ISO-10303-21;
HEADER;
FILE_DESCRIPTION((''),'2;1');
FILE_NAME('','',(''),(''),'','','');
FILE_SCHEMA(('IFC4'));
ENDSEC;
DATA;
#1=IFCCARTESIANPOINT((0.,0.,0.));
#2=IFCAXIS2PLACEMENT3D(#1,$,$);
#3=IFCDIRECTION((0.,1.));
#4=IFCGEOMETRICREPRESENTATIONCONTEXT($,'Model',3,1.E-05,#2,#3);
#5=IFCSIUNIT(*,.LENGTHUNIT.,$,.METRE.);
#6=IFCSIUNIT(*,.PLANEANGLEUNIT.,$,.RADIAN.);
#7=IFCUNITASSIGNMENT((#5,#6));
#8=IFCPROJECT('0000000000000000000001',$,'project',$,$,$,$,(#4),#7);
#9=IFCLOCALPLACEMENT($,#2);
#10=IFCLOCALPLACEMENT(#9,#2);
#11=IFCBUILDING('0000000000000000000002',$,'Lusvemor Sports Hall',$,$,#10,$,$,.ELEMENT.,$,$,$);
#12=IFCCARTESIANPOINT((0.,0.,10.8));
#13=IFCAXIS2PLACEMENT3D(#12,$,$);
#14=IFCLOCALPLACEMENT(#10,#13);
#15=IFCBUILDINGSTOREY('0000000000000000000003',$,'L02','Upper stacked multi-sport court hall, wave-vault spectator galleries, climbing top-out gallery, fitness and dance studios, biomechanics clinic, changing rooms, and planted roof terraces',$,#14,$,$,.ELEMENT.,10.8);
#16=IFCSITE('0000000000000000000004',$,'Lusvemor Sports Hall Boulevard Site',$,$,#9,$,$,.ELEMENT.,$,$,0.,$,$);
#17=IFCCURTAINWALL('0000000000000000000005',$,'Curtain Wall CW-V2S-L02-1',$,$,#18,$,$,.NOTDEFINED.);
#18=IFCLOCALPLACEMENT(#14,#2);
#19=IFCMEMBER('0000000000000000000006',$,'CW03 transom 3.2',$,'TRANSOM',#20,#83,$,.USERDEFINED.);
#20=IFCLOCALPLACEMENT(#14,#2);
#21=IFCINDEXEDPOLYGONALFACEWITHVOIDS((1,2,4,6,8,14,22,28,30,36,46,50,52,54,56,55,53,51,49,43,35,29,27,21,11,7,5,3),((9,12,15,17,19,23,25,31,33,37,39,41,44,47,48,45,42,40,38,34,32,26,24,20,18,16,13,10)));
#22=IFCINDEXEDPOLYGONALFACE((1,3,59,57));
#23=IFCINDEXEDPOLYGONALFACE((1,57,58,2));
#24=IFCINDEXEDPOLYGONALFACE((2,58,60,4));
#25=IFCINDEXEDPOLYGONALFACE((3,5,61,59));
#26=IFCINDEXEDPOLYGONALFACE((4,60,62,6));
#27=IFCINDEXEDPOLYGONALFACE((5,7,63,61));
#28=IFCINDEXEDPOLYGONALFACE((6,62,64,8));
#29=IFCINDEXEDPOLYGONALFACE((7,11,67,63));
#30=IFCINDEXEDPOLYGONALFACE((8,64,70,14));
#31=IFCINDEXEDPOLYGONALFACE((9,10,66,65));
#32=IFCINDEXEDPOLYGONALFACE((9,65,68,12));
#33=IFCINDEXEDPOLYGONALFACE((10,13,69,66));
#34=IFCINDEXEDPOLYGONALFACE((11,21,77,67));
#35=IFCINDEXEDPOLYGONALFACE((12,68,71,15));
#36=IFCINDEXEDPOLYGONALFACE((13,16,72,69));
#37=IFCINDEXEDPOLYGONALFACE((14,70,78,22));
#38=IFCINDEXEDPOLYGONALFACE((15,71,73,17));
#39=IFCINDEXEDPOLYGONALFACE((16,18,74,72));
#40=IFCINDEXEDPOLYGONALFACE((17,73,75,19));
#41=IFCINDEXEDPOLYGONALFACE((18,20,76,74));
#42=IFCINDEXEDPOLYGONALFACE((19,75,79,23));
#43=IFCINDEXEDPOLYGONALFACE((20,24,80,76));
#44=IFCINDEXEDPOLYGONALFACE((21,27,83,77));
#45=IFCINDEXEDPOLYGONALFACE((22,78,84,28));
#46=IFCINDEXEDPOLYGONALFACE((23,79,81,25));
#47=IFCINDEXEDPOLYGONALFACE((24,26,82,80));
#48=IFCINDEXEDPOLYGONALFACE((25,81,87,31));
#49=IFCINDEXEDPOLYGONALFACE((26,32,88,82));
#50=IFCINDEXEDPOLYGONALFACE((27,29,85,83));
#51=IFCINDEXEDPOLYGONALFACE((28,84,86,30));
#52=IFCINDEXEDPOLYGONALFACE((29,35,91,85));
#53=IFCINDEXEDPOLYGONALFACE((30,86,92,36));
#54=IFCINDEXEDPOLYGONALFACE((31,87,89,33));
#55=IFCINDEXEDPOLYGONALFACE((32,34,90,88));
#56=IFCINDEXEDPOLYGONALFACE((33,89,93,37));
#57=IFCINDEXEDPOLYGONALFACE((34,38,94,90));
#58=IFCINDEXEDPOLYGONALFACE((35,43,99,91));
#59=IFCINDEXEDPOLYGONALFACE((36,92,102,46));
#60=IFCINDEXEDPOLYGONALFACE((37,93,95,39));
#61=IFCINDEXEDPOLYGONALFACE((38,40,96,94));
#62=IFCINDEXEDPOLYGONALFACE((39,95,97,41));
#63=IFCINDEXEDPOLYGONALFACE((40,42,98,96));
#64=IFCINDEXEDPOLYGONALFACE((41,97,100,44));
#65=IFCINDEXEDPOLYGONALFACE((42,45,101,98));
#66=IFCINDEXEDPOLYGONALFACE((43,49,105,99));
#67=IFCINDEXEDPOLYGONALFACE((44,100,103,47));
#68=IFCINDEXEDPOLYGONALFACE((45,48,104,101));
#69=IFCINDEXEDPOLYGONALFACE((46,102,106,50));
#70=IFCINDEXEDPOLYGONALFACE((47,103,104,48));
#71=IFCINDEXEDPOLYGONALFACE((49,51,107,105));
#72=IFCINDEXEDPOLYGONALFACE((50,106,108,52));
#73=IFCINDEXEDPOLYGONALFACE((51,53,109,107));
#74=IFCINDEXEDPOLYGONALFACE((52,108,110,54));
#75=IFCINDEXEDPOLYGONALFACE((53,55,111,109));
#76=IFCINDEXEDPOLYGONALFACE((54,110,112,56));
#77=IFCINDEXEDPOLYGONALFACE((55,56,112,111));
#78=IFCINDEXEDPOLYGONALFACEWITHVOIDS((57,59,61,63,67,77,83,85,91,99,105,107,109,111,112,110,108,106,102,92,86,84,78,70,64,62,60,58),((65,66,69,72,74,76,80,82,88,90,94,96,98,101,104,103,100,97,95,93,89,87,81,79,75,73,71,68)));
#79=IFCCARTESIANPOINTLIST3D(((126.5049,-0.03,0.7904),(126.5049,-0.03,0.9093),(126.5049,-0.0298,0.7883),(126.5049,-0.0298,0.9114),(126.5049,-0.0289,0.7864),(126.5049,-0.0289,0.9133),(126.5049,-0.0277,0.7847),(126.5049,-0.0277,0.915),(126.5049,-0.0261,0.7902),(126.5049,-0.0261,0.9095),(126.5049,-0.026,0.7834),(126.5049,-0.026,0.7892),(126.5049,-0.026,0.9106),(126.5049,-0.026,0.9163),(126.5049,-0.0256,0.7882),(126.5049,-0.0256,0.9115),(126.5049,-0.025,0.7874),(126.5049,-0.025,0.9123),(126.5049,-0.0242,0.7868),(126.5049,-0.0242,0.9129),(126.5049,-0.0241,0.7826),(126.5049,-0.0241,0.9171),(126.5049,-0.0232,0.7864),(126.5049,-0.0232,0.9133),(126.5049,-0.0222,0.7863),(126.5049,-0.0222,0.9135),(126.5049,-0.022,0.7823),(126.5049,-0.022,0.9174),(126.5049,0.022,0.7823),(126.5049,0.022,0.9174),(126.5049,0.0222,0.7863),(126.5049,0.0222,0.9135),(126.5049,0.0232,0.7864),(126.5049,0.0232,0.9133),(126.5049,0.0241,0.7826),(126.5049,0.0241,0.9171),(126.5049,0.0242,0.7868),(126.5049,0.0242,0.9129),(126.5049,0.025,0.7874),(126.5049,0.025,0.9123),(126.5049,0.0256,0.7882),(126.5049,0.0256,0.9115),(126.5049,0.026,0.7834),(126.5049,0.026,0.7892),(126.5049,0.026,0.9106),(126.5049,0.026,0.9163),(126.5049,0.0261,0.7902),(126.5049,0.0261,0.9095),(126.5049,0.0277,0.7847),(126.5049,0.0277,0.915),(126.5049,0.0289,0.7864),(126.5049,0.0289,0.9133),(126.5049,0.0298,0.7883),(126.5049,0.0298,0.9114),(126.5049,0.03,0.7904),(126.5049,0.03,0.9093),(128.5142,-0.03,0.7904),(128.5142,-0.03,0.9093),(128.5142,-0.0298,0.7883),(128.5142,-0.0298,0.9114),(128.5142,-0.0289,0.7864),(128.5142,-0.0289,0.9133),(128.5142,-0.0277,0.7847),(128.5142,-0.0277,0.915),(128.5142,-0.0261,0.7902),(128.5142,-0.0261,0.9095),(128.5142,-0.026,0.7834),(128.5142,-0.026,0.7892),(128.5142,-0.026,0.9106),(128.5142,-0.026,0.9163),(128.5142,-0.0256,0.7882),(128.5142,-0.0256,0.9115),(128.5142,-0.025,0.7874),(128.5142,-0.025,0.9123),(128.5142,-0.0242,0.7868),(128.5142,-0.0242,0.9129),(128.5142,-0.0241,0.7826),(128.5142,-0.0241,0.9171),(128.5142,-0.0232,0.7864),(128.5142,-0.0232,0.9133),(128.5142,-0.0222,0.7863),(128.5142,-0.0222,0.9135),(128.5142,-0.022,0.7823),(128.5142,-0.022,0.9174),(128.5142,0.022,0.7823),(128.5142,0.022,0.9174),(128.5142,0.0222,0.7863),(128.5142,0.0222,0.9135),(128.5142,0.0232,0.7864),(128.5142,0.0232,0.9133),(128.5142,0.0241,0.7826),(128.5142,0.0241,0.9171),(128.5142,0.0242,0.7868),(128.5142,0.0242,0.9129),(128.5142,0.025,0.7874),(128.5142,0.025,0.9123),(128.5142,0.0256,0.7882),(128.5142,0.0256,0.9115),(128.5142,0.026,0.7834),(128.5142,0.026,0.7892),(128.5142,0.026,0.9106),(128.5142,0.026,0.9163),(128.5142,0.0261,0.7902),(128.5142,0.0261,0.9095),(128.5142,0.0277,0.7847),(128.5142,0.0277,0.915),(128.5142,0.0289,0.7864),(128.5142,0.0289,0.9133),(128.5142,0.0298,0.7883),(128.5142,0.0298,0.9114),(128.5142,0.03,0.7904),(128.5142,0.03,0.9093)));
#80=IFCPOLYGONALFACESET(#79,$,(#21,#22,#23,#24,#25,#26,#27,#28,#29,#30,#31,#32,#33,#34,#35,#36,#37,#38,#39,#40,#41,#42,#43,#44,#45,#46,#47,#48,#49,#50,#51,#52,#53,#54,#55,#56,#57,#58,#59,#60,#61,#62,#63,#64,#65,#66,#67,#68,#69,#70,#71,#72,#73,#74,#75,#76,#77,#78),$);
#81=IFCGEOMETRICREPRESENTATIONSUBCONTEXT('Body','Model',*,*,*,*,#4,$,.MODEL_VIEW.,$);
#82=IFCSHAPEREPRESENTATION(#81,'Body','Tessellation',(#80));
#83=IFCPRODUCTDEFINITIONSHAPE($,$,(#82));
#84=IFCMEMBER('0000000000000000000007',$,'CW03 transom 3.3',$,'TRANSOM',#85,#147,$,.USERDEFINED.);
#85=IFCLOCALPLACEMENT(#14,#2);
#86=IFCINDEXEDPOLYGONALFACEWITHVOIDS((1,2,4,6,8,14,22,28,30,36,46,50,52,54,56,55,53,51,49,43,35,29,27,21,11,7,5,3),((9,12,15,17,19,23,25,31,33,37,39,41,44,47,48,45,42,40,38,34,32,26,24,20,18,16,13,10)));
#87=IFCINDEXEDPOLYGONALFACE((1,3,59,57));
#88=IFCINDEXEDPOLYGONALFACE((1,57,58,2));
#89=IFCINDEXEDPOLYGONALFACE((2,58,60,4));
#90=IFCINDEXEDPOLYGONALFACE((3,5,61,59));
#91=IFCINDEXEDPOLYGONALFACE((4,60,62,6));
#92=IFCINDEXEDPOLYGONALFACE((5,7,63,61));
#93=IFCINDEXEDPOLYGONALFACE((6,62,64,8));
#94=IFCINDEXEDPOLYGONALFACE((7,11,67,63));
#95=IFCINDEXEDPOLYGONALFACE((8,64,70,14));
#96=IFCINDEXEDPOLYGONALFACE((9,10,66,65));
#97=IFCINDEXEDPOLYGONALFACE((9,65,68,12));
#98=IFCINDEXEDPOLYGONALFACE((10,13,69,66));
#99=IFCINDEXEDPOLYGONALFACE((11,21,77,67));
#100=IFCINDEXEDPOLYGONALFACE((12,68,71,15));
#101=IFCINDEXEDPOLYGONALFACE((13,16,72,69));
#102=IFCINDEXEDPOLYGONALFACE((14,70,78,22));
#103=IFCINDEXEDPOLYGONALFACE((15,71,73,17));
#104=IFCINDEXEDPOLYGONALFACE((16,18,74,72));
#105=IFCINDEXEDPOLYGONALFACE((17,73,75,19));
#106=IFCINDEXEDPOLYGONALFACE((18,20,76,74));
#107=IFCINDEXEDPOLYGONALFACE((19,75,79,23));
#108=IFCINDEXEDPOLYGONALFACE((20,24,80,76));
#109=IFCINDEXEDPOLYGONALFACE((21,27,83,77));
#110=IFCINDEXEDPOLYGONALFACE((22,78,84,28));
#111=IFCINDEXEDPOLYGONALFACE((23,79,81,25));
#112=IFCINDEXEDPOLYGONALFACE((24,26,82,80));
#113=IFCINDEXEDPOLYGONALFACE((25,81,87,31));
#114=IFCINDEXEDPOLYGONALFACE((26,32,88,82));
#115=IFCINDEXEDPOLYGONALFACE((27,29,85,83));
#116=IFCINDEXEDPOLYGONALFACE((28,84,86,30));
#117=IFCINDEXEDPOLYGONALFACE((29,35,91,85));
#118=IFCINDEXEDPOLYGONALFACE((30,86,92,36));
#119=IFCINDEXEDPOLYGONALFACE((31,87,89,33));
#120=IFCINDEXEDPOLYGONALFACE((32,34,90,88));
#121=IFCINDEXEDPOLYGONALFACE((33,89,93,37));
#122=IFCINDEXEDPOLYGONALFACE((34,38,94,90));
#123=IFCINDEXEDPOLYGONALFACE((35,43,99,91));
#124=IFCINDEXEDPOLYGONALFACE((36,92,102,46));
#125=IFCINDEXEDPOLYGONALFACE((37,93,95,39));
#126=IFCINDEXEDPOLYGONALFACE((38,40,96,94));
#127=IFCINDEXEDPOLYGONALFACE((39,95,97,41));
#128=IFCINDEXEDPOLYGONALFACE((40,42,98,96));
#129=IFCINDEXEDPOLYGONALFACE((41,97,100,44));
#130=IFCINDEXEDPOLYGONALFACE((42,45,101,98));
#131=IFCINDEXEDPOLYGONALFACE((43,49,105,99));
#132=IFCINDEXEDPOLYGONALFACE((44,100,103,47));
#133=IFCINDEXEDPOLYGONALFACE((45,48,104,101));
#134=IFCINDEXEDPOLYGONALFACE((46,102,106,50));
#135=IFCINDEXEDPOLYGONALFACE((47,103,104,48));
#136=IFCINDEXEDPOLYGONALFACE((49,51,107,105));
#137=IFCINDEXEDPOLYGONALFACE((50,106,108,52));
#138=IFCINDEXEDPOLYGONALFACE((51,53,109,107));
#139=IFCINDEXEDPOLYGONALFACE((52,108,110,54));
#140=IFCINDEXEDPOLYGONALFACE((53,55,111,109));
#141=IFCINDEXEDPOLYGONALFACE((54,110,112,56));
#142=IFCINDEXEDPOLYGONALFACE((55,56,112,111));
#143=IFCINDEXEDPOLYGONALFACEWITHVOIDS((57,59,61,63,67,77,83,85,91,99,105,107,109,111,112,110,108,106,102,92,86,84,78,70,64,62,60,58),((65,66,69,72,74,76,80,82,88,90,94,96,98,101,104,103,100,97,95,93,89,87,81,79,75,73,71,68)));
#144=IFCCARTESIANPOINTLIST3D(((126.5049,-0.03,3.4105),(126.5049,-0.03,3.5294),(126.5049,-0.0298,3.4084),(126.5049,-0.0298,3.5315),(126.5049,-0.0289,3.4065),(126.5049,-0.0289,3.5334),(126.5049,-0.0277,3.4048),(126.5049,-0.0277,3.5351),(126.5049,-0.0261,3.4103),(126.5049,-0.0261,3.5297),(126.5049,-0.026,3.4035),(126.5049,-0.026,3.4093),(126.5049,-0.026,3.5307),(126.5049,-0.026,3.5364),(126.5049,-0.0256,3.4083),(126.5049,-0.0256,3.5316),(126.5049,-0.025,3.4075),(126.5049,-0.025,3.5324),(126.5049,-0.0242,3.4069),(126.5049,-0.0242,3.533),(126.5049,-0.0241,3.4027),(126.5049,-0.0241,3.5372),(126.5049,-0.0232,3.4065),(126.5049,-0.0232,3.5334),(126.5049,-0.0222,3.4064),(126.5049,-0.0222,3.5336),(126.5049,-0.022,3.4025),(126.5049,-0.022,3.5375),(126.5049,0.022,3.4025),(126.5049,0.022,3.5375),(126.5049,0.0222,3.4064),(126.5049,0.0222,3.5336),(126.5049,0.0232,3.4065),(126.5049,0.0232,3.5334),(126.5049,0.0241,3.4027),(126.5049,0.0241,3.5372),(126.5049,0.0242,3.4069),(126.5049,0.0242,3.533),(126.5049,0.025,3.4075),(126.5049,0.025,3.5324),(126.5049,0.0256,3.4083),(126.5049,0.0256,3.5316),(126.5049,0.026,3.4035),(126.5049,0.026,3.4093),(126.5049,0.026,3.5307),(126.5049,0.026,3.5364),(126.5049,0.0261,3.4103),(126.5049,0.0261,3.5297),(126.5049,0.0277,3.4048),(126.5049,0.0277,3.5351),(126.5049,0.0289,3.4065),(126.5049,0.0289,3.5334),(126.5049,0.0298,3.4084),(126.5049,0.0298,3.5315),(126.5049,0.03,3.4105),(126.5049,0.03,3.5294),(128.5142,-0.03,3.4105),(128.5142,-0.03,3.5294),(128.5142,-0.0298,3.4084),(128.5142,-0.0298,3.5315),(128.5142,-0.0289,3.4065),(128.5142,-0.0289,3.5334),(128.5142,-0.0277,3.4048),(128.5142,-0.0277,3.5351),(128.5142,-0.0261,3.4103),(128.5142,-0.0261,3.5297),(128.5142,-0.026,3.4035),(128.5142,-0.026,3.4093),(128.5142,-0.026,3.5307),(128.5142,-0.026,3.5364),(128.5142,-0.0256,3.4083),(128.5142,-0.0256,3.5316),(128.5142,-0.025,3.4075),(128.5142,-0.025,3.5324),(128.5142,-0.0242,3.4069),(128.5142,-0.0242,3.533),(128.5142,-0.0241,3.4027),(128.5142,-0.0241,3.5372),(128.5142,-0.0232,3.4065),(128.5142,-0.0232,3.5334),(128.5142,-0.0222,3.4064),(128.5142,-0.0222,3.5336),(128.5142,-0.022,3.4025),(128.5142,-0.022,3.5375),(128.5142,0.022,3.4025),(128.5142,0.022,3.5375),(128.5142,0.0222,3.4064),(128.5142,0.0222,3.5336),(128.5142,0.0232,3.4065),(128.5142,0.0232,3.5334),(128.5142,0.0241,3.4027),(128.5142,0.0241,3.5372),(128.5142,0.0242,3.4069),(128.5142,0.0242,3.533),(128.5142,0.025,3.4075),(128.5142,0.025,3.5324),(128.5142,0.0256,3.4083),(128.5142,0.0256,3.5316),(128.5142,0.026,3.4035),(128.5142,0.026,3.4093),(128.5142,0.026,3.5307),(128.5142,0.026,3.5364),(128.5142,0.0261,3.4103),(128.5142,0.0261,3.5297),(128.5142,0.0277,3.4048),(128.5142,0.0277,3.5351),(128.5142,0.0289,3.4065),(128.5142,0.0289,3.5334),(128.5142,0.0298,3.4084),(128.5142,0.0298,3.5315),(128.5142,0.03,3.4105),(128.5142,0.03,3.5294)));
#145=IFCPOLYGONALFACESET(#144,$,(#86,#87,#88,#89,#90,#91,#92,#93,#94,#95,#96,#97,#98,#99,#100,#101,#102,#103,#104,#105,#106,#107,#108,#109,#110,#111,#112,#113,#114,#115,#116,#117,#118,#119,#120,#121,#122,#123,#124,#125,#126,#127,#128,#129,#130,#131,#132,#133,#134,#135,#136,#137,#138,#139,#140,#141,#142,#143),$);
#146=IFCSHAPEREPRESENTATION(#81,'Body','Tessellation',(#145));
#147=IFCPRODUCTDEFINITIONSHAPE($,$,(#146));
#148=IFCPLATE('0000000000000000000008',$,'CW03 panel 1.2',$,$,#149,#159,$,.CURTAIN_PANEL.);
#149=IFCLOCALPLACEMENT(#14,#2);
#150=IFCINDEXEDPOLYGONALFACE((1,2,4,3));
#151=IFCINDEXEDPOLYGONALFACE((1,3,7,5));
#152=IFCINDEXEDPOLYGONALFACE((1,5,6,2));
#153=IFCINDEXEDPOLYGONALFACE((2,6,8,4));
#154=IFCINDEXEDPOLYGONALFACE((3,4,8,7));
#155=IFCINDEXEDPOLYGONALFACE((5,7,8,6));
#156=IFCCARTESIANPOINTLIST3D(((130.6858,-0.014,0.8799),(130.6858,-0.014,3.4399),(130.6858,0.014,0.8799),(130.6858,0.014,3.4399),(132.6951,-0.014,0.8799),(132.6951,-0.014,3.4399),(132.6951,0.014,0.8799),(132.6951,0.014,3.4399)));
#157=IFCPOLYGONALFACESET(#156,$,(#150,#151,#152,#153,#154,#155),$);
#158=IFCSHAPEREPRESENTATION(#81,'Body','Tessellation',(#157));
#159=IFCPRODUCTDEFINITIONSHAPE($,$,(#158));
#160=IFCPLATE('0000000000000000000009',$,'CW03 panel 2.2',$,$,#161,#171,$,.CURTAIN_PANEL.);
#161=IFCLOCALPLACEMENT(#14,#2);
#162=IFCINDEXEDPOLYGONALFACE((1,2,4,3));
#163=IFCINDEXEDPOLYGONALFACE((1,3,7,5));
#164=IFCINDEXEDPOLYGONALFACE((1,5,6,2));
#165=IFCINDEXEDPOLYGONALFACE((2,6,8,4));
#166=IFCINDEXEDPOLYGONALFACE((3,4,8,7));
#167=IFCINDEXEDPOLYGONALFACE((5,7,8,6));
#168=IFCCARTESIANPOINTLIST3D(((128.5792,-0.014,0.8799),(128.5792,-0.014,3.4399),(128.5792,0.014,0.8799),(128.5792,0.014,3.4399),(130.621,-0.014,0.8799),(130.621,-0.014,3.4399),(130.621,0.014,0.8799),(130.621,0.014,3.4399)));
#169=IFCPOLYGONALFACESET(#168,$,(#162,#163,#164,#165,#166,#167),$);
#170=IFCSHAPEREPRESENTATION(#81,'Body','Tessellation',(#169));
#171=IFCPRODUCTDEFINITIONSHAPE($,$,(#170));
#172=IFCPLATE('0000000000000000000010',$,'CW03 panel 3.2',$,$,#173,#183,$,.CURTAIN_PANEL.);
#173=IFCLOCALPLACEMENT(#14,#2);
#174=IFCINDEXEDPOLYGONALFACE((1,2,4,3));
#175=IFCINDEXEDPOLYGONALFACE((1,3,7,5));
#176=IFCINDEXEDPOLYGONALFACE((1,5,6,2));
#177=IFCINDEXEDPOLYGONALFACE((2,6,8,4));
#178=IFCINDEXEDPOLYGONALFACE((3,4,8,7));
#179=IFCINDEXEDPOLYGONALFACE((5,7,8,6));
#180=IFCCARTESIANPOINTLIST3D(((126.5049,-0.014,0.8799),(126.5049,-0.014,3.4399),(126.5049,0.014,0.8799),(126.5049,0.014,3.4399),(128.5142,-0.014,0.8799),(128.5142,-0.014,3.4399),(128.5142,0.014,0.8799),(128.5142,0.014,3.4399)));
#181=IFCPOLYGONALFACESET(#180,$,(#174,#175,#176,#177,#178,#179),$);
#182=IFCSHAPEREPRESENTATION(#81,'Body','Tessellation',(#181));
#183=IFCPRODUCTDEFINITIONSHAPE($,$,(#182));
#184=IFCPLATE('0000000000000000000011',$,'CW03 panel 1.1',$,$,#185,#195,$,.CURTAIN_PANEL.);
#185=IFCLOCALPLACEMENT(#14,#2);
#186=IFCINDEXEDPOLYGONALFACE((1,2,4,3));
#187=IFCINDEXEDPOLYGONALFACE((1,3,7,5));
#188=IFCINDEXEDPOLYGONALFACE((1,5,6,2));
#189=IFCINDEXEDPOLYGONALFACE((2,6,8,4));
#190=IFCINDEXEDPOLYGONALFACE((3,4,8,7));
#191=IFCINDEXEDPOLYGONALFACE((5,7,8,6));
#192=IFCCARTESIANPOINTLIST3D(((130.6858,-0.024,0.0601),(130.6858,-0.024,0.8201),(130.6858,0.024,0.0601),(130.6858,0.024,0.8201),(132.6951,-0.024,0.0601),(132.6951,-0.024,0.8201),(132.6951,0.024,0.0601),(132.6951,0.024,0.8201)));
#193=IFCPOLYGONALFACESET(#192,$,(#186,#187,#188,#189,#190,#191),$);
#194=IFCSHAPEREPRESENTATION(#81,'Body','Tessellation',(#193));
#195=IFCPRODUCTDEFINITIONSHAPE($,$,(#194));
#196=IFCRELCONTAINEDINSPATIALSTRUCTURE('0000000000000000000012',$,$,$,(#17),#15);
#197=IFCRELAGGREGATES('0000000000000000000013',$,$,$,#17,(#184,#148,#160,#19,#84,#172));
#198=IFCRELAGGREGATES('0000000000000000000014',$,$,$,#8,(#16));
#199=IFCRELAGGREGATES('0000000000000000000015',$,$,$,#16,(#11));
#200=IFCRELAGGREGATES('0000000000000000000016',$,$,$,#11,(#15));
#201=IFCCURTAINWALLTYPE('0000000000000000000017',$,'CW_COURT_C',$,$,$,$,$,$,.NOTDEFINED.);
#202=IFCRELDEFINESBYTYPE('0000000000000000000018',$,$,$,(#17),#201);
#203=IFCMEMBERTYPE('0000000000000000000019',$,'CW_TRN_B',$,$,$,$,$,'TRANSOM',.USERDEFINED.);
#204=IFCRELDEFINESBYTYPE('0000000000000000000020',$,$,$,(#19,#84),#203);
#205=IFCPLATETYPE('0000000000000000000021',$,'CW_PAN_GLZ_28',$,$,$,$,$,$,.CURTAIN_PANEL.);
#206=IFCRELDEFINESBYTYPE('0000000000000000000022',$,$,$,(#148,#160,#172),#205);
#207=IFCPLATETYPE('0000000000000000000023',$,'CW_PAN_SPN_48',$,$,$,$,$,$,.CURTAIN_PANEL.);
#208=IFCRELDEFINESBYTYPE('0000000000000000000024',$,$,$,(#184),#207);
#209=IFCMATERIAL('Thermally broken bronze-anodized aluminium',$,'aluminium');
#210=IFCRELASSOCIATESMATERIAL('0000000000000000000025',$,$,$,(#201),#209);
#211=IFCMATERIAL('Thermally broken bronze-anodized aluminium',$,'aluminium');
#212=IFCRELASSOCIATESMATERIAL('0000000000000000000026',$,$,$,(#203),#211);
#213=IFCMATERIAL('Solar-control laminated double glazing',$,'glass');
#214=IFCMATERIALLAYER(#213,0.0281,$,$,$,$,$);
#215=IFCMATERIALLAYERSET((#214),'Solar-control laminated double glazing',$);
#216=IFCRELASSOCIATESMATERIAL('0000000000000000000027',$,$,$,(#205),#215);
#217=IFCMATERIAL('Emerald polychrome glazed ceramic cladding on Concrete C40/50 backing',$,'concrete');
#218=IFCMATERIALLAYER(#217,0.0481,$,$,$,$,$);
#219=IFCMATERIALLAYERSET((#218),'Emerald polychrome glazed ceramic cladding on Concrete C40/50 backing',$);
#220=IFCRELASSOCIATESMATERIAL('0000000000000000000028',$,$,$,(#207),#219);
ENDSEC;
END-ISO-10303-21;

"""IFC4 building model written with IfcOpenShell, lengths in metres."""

from ifc_helpers import new_model, si_unit, direction, frame, origin, origin_2d, place, context, subcontext, project, spatial, rectangle, hollow_rectangle, extrude, material, layer, layer_set, material_profile, profile_set, type_object, element, aggregate, save


model = new_model("IFC4")

# Units and contexts
model_context = context("Model", 3, precision=1e-05, world=origin(), true_north=direction((0.0, 1.0)))
body_context = subcontext(model_context, "Body", "Model", "MODEL_VIEW")
ifc_project = project(units=[si_unit("LENGTHUNIT", "METRE"), si_unit("PLANEANGLEUNIT", "RADIAN")], contexts=[model_context])

# Site, building, storey
site_placement = place(None, origin())
site = spatial("IfcSite", under=ifc_project, at=site_placement, Name="Lusvemor Sports Hall Boulevard Site", CompositionType="ELEMENT", RefElevation=0.0)
building_placement = place(site_placement, origin())
building = spatial("IfcBuilding", under=site, at=building_placement, Name="Lusvemor Sports Hall", CompositionType="ELEMENT")
storey_placement = place(building_placement, frame((0.0, 0.0, 10.8)))
storey = spatial("IfcBuildingStorey", under=building, at=storey_placement, Name="L02", Description="Upper stacked multi-sport court hall, wave-vault spectator galleries, climbing top-out gallery, fitness and dance studios, biomechanics clinic, changing rooms, and planted roof terraces", CompositionType="ELEMENT", Elevation=10.8)

# Curtain wall, members, plates
ifc_material_1 = material(Name="Thermally broken bronze-anodized aluminium", Category="aluminium")
curtain_wall_type = type_object("IfcCurtainWallType", Name="CW_COURT_C", PredefinedType="NOTDEFINED", material=ifc_material_1)
curtain_wall_placement = place(storey_placement, origin())
curtain_wall = element("IfcCurtainWall", 1, at=curtain_wall_placement, inside=storey, type_object=curtain_wall_type, Name="Curtain Wall CW-V2S-L02-1", PredefinedType="NOTDEFINED")
ifc_material_2 = material(Name="Thermally broken bronze-anodized aluminium", Category="aluminium")
ifc_material_profile_1 = material_profile(ifc_material_2, hollow_rectangle(XDim=0.0601, YDim=0.135, WallThickness=0.0039, InnerFilletRadius=0.0039, OuterFilletRadius=0.0081, at=origin_2d()), Name="CWTRN135x60x4")
ifc_profile_set_1 = profile_set([ifc_material_profile_1], Name="Thermally broken bronze-anodized aluminium")
member_type_1 = type_object("IfcMemberType", Name="CW_TRN_B", ElementType="TRANSOM", PredefinedType="USERDEFINED", material=ifc_profile_set_1)
member_1_placement = place(storey_placement, frame((128.5142, 0.0, 0.8499), z_axis=(-1.0, 0.0, 0.0), x_axis=(0.0, -1.0, 0.0)))
member_1 = element("IfcMember", 2, at=member_1_placement, type_object=member_type_1, Name="CW03 transom 3.2", ObjectType="TRANSOM", PredefinedType="USERDEFINED", context=body_context, shape_type="SweptSolid", body=[
    extrude(hollow_rectangle(XDim=0.0601, YDim=0.135, WallThickness=0.0039, InnerFilletRadius=0.0039, OuterFilletRadius=0.0081, at=origin_2d()), origin(), (0.0, 0.0, 1.0), 2.0093),
])
member_2_placement = place(storey_placement, frame((128.5142, 0.0, 3.47), z_axis=(-1.0, 0.0, 0.0), x_axis=(0.0, -1.0, 0.0)))
member_2 = element("IfcMember", 3, at=member_2_placement, type_object=member_type_1, Name="CW03 transom 3.3", ObjectType="TRANSOM", PredefinedType="USERDEFINED", context=body_context, shape_type="SweptSolid", body=[
    extrude(hollow_rectangle(XDim=0.0601, YDim=0.135, WallThickness=0.0039, InnerFilletRadius=0.0039, OuterFilletRadius=0.0081, at=origin_2d()), origin(), (0.0, 0.0, 1.0), 2.0093),
])
ifc_material_3 = material(Name="Solar-control laminated double glazing", Category="glass")
ifc_layer_1 = layer(ifc_material_3, 0.0281)
ifc_layer_set_1 = layer_set([ifc_layer_1], Name="Solar-control laminated double glazing")
plate_type_1 = type_object("IfcPlateType", Name="CW_PAN_GLZ_28", PredefinedType="CURTAIN_PANEL", material=ifc_layer_set_1)
plate_1_placement = place(storey_placement, frame((131.6904, 0.0, 0.8799), z_axis=(0.0, 0.0, 1.0), x_axis=(-1.0, 0.0, 0.0)))
plate_1 = element("IfcPlate", 4, at=plate_1_placement, type_object=plate_type_1, Name="CW03 panel 1.2", PredefinedType="CURTAIN_PANEL", context=body_context, shape_type="SweptSolid", body=[
    extrude(rectangle(XDim=2.0093, YDim=0.0281, at=origin_2d()), origin(), (0.0, 0.0, 1.0), 2.5601),
])
plate_2_placement = place(storey_placement, frame((129.6001, 0.0, 0.8799), z_axis=(0.0, 0.0, 1.0), x_axis=(-1.0, 0.0, 0.0)))
plate_2 = element("IfcPlate", 5, at=plate_2_placement, type_object=plate_type_1, Name="CW03 panel 2.2", PredefinedType="CURTAIN_PANEL", context=body_context, shape_type="SweptSolid", body=[
    extrude(rectangle(XDim=2.0417, YDim=0.0281, at=origin_2d()), origin(), (0.0, 0.0, 1.0), 2.5601),
])
plate_3_placement = place(storey_placement, frame((127.5095, 0.0, 0.8799), z_axis=(0.0, 0.0, 1.0), x_axis=(-1.0, 0.0, 0.0)))
plate_3 = element("IfcPlate", 6, at=plate_3_placement, type_object=plate_type_1, Name="CW03 panel 3.2", PredefinedType="CURTAIN_PANEL", context=body_context, shape_type="SweptSolid", body=[
    extrude(rectangle(XDim=2.0093, YDim=0.0281, at=origin_2d()), origin(), (0.0, 0.0, 1.0), 2.5601),
])
ifc_material_4 = material(Name="Emerald polychrome glazed ceramic cladding on Concrete C40/50 backing", Category="concrete")
ifc_layer_2 = layer(ifc_material_4, 0.0481)
ifc_layer_set_2 = layer_set([ifc_layer_2], Name="Emerald polychrome glazed ceramic cladding on Concrete C40/50 backing")
plate_type_2 = type_object("IfcPlateType", Name="CW_PAN_SPN_48", PredefinedType="CURTAIN_PANEL", material=ifc_layer_set_2)
plate_4_placement = place(storey_placement, frame((131.6904, 0.0, 0.0601), z_axis=(0.0, 0.0, 1.0), x_axis=(-1.0, 0.0, 0.0)))
plate_4 = element("IfcPlate", 7, at=plate_4_placement, type_object=plate_type_2, Name="CW03 panel 1.1", PredefinedType="CURTAIN_PANEL", context=body_context, shape_type="SweptSolid", body=[
    extrude(rectangle(XDim=2.0093, YDim=0.0481, at=origin_2d()), origin(), (0.0, 0.0, 1.0), 0.76),
])
aggregate(curtain_wall, [plate_4, plate_1, plate_2, member_1, member_2, plate_3])

save(model, "model.ifc")
